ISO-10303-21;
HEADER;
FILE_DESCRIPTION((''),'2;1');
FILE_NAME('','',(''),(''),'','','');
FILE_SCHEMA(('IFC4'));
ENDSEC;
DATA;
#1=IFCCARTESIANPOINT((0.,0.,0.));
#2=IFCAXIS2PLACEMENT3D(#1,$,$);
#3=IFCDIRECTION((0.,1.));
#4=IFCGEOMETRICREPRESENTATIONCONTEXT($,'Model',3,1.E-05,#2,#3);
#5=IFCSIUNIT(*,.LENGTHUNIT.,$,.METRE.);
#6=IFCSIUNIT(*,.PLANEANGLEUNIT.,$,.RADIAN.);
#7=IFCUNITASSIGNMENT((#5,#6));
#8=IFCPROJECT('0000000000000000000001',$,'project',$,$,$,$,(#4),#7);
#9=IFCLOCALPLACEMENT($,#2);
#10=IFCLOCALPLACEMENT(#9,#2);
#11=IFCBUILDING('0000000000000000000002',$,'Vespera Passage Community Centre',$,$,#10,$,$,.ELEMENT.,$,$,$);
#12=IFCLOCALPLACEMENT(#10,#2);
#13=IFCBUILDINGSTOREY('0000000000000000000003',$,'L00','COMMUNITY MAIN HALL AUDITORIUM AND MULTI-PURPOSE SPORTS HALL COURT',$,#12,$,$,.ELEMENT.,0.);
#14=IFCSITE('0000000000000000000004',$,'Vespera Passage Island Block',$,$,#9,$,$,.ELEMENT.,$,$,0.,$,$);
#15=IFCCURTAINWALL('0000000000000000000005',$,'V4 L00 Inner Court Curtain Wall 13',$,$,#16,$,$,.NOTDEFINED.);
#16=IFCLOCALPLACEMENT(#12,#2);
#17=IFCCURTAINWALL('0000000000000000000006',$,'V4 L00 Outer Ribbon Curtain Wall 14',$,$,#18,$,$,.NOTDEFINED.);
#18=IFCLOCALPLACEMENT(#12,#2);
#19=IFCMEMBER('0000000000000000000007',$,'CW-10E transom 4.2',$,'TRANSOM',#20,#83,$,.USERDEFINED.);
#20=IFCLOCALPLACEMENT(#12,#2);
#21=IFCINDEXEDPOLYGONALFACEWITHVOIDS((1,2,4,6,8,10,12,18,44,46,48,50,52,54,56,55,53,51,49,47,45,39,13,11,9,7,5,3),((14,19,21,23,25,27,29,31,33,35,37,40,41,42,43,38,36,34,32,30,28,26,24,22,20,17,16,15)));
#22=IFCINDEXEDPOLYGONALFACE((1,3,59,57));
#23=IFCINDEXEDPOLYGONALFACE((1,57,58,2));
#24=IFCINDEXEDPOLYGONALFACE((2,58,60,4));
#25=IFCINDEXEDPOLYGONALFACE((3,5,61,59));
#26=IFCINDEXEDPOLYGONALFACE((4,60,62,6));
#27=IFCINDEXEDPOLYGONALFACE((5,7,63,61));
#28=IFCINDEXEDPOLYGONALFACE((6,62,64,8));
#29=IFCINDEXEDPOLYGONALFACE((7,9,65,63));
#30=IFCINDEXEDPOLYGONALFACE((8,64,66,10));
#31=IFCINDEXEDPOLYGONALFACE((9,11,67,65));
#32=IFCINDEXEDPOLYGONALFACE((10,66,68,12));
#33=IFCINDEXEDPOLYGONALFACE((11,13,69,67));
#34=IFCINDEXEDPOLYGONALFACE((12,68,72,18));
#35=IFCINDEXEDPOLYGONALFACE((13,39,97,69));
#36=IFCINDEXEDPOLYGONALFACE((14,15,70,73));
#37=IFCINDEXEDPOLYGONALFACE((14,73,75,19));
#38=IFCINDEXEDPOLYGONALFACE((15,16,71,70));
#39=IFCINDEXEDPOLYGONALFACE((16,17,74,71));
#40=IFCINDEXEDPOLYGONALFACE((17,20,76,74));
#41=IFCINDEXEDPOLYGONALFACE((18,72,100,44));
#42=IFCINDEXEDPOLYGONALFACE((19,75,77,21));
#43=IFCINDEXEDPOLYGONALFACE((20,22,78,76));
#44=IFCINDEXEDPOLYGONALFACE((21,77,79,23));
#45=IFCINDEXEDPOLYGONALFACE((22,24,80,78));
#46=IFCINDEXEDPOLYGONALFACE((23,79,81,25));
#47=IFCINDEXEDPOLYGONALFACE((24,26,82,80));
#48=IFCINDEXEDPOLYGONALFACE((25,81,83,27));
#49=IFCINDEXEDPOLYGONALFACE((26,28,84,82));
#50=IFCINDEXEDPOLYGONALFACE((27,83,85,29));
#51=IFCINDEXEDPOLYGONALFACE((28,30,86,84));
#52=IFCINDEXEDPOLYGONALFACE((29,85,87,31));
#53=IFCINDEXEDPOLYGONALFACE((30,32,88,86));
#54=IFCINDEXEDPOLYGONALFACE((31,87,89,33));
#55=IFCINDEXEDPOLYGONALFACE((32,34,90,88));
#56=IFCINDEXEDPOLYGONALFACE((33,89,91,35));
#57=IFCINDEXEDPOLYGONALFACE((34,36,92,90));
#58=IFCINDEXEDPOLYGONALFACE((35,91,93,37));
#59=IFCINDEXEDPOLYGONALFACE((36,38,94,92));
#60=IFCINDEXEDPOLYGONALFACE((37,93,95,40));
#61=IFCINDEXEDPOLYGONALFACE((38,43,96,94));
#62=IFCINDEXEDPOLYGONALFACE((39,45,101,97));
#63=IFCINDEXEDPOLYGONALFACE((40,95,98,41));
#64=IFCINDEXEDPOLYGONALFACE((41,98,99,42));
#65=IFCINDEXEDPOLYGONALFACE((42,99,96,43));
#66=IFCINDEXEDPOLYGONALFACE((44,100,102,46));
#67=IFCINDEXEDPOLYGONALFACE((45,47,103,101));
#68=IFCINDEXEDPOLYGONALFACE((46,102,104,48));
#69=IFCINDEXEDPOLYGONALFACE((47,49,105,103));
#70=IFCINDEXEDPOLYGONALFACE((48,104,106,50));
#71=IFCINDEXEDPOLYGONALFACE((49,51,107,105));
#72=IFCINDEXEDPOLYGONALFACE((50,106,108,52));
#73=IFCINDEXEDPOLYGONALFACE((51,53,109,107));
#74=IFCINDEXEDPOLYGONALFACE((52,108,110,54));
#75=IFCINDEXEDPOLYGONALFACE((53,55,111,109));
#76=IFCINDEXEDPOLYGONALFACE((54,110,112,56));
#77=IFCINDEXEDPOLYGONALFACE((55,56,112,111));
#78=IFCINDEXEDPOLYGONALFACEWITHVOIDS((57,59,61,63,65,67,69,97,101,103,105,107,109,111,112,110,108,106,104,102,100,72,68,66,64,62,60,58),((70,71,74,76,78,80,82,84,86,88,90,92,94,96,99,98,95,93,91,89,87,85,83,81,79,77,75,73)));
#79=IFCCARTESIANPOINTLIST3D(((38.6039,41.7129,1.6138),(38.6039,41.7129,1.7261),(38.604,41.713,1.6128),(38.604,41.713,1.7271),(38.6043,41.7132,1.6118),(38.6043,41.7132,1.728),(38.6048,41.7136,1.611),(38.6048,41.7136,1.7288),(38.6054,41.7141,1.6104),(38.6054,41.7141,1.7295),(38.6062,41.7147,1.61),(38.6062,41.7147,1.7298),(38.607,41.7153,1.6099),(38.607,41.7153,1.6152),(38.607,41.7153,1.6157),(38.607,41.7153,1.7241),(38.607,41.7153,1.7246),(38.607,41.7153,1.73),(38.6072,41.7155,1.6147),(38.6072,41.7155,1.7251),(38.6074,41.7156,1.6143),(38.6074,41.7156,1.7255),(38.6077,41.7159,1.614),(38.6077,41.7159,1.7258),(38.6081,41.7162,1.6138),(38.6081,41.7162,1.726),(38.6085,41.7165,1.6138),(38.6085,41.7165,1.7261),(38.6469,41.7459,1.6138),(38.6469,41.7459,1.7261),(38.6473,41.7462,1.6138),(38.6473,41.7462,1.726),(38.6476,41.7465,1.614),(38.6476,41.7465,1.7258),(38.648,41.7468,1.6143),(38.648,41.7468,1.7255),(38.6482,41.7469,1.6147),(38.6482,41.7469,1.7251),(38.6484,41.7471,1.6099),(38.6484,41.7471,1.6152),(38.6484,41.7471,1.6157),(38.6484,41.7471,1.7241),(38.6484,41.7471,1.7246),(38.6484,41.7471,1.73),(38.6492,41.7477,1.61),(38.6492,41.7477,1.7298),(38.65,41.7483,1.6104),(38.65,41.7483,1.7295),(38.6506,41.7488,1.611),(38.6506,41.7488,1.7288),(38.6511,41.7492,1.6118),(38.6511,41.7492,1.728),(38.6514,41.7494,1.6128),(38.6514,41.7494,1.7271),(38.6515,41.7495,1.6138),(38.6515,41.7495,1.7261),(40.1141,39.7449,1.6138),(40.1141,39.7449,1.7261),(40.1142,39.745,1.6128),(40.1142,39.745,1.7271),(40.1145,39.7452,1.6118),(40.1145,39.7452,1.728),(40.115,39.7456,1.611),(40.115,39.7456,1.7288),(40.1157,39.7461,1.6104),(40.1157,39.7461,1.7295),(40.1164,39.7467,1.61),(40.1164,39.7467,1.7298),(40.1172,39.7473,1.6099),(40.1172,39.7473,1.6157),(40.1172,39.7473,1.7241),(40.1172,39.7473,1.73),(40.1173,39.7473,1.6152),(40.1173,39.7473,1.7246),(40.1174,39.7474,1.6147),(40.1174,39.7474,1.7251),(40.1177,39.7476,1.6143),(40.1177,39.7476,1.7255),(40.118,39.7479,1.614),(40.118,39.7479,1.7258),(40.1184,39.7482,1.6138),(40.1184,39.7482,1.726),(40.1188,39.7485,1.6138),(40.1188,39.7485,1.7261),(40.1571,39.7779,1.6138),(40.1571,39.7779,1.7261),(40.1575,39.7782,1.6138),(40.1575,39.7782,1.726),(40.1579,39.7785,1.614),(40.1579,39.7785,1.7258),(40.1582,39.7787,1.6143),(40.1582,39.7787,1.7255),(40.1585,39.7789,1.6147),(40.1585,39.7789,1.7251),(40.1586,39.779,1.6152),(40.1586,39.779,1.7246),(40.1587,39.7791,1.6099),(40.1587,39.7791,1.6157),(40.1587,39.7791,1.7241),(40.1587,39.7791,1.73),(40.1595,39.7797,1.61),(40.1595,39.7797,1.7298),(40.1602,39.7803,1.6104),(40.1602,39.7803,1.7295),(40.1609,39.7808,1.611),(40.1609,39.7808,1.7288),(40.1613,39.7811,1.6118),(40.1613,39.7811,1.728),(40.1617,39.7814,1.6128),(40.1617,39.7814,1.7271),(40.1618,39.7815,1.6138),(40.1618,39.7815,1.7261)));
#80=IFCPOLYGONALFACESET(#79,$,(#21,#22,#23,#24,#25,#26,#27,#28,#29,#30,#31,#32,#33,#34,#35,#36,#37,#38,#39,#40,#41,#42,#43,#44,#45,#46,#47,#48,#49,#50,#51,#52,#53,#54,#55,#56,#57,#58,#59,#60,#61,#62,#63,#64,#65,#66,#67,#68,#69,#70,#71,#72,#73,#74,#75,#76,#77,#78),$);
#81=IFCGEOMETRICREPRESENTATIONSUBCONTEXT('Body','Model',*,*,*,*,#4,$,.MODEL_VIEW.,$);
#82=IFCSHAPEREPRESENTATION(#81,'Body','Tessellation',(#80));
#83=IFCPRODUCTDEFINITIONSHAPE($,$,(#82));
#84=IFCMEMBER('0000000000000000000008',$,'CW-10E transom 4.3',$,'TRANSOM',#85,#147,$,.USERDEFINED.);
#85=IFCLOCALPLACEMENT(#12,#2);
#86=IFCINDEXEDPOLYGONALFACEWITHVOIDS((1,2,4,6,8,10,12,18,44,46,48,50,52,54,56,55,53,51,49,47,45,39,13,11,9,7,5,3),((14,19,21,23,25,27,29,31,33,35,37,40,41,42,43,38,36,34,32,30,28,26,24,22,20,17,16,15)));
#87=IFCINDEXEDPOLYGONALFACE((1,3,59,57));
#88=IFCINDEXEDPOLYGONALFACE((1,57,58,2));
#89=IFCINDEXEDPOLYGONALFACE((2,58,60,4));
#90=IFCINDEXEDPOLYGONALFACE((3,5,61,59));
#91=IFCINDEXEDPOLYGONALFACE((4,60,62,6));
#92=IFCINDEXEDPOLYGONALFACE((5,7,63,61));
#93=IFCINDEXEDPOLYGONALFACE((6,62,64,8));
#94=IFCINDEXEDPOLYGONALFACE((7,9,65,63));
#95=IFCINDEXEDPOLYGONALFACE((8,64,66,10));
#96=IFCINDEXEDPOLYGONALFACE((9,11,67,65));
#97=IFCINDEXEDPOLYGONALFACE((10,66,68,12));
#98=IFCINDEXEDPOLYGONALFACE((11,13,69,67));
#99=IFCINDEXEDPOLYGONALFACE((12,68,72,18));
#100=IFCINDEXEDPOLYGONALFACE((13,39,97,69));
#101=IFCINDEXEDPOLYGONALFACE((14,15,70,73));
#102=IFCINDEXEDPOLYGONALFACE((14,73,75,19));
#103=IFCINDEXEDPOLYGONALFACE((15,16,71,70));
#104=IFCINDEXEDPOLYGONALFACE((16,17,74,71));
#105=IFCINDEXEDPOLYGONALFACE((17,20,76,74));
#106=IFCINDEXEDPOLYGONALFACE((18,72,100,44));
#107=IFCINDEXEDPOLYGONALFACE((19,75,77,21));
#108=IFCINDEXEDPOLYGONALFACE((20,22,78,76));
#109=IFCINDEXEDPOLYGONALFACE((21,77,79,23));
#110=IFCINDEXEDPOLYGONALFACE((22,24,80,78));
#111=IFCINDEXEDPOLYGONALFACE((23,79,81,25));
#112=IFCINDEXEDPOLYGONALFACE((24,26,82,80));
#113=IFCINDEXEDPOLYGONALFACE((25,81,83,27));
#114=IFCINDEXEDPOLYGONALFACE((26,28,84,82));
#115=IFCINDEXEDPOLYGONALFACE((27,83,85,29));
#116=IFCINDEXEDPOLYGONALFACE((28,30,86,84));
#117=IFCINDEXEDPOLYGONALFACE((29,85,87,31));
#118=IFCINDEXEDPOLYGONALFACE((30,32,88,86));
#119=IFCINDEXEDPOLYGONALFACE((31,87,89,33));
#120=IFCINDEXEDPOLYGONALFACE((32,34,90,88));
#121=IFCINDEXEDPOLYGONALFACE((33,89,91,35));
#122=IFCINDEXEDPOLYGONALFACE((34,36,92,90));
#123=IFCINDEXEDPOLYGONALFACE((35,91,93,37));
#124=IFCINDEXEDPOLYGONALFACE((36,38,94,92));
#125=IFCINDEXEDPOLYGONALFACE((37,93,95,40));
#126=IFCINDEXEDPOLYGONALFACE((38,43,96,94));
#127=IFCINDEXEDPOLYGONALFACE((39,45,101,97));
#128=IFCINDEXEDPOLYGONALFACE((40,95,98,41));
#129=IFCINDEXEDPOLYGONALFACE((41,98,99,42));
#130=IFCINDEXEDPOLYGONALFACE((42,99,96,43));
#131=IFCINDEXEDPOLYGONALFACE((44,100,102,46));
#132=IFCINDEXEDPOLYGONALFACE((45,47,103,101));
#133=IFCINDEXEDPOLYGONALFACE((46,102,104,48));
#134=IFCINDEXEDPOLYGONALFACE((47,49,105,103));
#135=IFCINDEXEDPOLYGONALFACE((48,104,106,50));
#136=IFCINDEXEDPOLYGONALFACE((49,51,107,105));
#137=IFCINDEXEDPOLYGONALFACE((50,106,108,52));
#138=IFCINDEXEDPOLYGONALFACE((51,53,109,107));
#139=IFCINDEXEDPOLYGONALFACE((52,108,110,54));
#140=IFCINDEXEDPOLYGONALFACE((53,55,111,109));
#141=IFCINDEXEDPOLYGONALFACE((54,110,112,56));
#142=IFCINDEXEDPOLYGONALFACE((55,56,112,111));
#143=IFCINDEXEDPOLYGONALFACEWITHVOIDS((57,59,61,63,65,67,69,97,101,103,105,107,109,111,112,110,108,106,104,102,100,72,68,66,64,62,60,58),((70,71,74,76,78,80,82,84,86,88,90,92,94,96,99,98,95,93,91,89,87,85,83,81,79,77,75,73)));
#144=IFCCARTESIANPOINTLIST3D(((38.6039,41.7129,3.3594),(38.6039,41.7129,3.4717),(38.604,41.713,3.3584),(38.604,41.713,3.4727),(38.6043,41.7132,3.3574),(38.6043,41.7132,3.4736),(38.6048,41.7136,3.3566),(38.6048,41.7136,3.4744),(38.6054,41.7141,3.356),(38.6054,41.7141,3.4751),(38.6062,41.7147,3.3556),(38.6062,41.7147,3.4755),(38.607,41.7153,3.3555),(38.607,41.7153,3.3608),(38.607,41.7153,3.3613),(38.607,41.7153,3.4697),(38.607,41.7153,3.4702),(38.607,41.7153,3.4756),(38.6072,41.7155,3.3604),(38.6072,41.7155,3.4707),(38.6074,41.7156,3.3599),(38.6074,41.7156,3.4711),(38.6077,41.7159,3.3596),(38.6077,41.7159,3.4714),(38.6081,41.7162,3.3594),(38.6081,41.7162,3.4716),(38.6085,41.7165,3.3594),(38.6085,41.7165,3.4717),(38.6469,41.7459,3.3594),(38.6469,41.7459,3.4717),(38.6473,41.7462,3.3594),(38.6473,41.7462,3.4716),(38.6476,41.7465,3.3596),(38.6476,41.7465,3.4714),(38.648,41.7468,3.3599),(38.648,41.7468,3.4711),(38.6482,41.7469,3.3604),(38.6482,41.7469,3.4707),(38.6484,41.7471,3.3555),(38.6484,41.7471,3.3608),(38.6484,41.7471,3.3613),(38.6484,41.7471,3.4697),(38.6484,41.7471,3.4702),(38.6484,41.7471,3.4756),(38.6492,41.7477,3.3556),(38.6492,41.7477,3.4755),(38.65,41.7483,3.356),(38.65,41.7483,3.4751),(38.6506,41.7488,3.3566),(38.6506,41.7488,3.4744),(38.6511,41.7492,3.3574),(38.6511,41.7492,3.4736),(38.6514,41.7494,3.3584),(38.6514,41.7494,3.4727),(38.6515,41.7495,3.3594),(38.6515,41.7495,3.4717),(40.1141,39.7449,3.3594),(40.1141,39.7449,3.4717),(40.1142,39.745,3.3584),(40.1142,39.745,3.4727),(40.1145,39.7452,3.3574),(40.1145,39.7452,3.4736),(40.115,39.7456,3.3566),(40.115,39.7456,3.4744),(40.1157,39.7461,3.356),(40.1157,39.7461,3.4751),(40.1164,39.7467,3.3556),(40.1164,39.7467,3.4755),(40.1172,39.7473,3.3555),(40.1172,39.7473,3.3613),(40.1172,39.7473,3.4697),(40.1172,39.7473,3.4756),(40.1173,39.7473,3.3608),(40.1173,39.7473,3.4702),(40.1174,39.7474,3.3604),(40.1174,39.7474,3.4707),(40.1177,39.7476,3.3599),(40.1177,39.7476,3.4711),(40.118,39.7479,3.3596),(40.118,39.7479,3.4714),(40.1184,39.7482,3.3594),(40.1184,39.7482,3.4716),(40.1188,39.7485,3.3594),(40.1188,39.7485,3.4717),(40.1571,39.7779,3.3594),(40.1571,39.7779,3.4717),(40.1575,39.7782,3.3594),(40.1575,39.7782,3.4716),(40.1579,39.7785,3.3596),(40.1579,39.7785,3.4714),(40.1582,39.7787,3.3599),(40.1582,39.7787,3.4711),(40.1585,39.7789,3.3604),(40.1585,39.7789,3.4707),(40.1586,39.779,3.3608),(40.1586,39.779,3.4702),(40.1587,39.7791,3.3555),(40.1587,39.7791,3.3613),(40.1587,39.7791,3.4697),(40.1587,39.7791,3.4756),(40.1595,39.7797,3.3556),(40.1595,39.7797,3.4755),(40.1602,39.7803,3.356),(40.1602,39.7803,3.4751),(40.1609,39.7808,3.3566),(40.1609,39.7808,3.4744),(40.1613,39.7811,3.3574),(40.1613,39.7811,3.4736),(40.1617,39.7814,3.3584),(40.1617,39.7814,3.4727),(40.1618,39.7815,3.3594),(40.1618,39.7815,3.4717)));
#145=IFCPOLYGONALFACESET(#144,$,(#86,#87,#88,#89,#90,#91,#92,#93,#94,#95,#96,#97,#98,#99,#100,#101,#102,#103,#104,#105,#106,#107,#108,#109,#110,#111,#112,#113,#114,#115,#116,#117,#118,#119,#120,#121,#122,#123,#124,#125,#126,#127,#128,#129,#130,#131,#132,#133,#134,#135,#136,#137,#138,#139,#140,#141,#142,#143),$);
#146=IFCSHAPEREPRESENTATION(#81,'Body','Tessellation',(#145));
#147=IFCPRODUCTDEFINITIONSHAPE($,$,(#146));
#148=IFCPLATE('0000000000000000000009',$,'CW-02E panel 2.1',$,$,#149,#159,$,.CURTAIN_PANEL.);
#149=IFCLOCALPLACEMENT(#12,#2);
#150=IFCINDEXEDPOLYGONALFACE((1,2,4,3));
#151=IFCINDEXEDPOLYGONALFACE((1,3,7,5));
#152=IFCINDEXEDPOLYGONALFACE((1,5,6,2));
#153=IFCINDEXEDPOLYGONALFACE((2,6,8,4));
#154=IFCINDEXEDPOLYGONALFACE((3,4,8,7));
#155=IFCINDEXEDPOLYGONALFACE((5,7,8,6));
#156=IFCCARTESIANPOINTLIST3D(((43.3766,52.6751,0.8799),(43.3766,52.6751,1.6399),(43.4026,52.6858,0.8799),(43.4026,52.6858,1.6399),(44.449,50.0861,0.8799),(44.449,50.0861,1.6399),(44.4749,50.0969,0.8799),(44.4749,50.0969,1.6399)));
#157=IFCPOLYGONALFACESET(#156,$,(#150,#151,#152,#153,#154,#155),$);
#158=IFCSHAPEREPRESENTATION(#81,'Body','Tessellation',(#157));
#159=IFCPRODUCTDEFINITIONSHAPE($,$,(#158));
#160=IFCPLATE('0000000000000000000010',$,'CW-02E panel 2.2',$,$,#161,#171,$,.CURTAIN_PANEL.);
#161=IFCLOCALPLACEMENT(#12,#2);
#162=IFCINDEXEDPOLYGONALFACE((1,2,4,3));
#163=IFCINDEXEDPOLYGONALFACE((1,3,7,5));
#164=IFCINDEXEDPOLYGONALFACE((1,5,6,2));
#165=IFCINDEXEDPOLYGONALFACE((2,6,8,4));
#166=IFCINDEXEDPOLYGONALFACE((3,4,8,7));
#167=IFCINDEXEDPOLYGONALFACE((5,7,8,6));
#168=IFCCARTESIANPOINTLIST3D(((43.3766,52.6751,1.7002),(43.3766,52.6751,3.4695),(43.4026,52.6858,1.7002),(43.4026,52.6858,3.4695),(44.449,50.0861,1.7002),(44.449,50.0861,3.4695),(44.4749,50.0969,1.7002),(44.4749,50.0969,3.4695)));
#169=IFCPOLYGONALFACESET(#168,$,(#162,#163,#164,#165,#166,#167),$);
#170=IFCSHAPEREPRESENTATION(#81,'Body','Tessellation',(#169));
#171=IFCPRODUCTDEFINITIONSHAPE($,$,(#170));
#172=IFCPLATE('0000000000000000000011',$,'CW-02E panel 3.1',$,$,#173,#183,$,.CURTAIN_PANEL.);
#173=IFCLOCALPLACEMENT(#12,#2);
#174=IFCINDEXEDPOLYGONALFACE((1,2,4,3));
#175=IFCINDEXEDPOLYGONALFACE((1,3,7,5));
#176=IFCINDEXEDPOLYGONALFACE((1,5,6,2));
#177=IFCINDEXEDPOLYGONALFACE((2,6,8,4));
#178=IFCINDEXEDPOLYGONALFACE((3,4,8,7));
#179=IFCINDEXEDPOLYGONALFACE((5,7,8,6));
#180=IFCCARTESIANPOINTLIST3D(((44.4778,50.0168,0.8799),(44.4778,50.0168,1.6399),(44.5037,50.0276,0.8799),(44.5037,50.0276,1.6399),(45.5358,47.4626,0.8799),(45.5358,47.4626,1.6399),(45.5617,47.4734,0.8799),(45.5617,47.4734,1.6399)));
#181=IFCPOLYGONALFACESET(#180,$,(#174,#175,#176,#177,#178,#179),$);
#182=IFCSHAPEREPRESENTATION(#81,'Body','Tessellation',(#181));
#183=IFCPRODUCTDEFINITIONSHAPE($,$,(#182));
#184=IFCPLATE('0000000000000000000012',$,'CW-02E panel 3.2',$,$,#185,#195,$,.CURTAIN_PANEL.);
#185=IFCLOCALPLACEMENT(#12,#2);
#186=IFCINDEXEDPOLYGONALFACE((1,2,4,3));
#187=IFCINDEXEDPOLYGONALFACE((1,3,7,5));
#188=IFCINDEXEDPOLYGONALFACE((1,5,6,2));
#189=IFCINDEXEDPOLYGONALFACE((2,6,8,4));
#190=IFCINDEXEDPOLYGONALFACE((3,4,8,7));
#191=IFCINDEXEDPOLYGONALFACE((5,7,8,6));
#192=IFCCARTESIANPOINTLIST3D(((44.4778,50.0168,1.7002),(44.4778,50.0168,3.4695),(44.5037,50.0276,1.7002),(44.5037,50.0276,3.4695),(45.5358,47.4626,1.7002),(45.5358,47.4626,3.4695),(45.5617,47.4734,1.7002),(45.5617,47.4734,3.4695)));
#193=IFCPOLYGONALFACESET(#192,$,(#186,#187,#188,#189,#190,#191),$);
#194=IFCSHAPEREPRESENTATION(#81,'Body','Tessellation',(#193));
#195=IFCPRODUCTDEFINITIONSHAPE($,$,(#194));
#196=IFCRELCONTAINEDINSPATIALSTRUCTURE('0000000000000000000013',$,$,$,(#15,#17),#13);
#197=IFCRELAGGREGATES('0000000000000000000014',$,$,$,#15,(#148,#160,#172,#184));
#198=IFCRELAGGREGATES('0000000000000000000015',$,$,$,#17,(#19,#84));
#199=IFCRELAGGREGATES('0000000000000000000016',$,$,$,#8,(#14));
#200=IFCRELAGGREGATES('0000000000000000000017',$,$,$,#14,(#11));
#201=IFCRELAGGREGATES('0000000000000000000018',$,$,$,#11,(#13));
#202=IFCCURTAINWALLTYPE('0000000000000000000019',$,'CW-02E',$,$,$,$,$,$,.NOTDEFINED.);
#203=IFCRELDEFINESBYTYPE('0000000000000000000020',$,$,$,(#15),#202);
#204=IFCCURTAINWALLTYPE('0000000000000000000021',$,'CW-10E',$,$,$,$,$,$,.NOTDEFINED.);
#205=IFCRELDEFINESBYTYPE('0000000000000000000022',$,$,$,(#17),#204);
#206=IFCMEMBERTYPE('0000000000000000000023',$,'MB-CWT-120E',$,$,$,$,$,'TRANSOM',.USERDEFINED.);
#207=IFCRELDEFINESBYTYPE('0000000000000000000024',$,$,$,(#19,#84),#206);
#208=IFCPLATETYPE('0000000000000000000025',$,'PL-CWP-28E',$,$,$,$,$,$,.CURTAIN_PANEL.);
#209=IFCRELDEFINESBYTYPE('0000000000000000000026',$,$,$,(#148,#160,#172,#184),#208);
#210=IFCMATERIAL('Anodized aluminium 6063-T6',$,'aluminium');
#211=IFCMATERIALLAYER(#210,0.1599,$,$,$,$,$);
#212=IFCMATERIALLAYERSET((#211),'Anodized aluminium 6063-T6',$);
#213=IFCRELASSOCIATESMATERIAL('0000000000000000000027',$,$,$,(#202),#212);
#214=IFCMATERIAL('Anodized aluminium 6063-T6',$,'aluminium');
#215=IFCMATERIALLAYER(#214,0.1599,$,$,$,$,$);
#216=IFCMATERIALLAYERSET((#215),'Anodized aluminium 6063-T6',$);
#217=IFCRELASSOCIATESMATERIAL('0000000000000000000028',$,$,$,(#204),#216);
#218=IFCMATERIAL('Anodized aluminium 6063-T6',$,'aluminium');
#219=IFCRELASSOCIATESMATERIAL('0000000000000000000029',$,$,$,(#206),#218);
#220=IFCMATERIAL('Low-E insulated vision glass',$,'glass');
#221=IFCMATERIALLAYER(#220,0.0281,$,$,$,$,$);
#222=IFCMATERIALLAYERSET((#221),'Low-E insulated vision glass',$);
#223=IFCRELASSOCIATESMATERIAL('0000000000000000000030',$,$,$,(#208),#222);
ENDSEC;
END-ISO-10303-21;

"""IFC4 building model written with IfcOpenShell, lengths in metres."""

from ifc_helpers import new_model, si_unit, direction, frame, origin, origin_2d, place, context, subcontext, project, spatial, rectangle, hollow_rectangle, extrude, material, layer, layer_set, material_profile, profile_set, type_object, element, aggregate, save


model = new_model("IFC4")

# Units and contexts
model_context = context("Model", 3, precision=1e-05, world=origin(), true_north=direction((0.0, 1.0)))
body_context = subcontext(model_context, "Body", "Model", "MODEL_VIEW")
ifc_project = project(units=[si_unit("LENGTHUNIT", "METRE"), si_unit("PLANEANGLEUNIT", "RADIAN")], contexts=[model_context])

# Site, building, storey
site_placement = place(None, origin())
site = spatial("IfcSite", under=ifc_project, at=site_placement, Name="Vespera Passage Island Block", CompositionType="ELEMENT", RefElevation=0.0)
building_placement = place(site_placement, origin())
building = spatial("IfcBuilding", under=site, at=building_placement, Name="Vespera Passage Community Centre", CompositionType="ELEMENT")
storey_placement = place(building_placement, origin())
storey = spatial("IfcBuildingStorey", under=building, at=storey_placement, Name="L00", Description="COMMUNITY MAIN HALL AUDITORIUM AND MULTI-PURPOSE SPORTS HALL COURT", CompositionType="ELEMENT", Elevation=0.0)

# Curtain walls
ifc_material_1 = material(Name="Anodized aluminium 6063-T6", Category="aluminium")
ifc_layer_1 = layer(ifc_material_1, 0.1599)
ifc_layer_set_1 = layer_set([ifc_layer_1], Name="Anodized aluminium 6063-T6")
curtain_wall_type_1 = type_object("IfcCurtainWallType", Name="CW-02E", PredefinedType="NOTDEFINED", material=ifc_layer_set_1)
curtain_wall_1_placement = place(storey_placement, origin())
curtain_wall_1 = element("IfcCurtainWall", 1, at=curtain_wall_1_placement, inside=storey, type_object=curtain_wall_type_1, Name="V4 L00 Inner Court Curtain Wall 13", PredefinedType="NOTDEFINED")
ifc_material_2 = material(Name="Anodized aluminium 6063-T6", Category="aluminium")
ifc_layer_2 = layer(ifc_material_2, 0.1599)
ifc_layer_set_2 = layer_set([ifc_layer_2], Name="Anodized aluminium 6063-T6")
curtain_wall_type_2 = type_object("IfcCurtainWallType", Name="CW-10E", PredefinedType="NOTDEFINED", material=ifc_layer_set_2)
curtain_wall_2_placement = place(storey_placement, origin())
curtain_wall_2 = element("IfcCurtainWall", 2, at=curtain_wall_2_placement, inside=storey, type_object=curtain_wall_type_2, Name="V4 L00 Outer Ribbon Curtain Wall 14", PredefinedType="NOTDEFINED")

# Members
ifc_material_3 = material(Name="Anodized aluminium 6063-T6", Category="aluminium")
ifc_material_profile_1 = material_profile(ifc_material_3, hollow_rectangle(XDim=0.0601, YDim=0.1201, WallThickness=0.0039, InnerFilletRadius=0.002, OuterFilletRadius=0.0039, at=origin_2d()), Name="ALU120X60X4")
ifc_profile_set_1 = profile_set([ifc_material_profile_1], Name="Anodized aluminium 6063-T6")
member_type_1 = type_object("IfcMemberType", Name="MB-CWT-120E", ElementType="TRANSOM", PredefinedType="USERDEFINED", material=ifc_profile_set_1)
member_1_placement = place(storey_placement, frame((40.1379, 39.7632, 1.6699), z_axis=(-0.608797, 0.793326, 0.0), x_axis=(-0.793326, -0.608797, 0.0)))
member_1 = element("IfcMember", 3, at=member_1_placement, type_object=member_type_1, Name="CW-10E transom 4.2", ObjectType="TRANSOM", PredefinedType="USERDEFINED", context=body_context, shape_type="SweptSolid", body=[
    extrude(hollow_rectangle(XDim=0.0601, YDim=0.1201, WallThickness=0.0039, InnerFilletRadius=0.002, OuterFilletRadius=0.0039, at=origin_2d()), origin(), (0.0, 0.0, 1.0), 2.4807),
])
member_2_placement = place(storey_placement, frame((40.1379, 39.7632, 3.4155), z_axis=(-0.608797, 0.793326, 0.0), x_axis=(-0.793326, -0.608797, 0.0)))
member_2 = element("IfcMember", 4, at=member_2_placement, type_object=member_type_1, Name="CW-10E transom 4.3", ObjectType="TRANSOM", PredefinedType="USERDEFINED", context=body_context, shape_type="SweptSolid", body=[
    extrude(hollow_rectangle(XDim=0.0601, YDim=0.1201, WallThickness=0.0039, InnerFilletRadius=0.002, OuterFilletRadius=0.0039, at=origin_2d()), origin(), (0.0, 0.0, 1.0), 2.4807),
])

# Plates
ifc_material_4 = material(Name="Low-E insulated vision glass", Category="glass")
ifc_layer_3 = layer(ifc_material_4, 0.0281)
ifc_layer_set_3 = layer_set([ifc_layer_3], Name="Low-E insulated vision glass")
plate_type_1 = type_object("IfcPlateType", Name="PL-CWP-28E", PredefinedType="CURTAIN_PANEL", material=ifc_layer_set_3)
plate_1_placement = place(storey_placement, frame((43.9258, 51.386, 0.8799), z_axis=(0.0, 0.0, 1.0), x_axis=(0.38269, -0.923877, 0.0)))
plate_1 = element("IfcPlate", 5, at=plate_1_placement, type_object=plate_type_1, Name="CW-02E panel 2.1", PredefinedType="CURTAIN_PANEL", context=body_context, shape_type="SweptSolid", body=[
    extrude(rectangle(XDim=2.8022, YDim=0.0281, at=origin_2d()), origin(), (0.0, 0.0, 1.0), 0.76),
])
plate_2_placement = place(storey_placement, frame((43.9258, 51.386, 1.7002), z_axis=(0.0, 0.0, 1.0), x_axis=(0.38269, -0.923877, 0.0)))
plate_2 = element("IfcPlate", 6, at=plate_2_placement, type_object=plate_type_1, Name="CW-02E panel 2.2", PredefinedType="CURTAIN_PANEL", context=body_context, shape_type="SweptSolid", body=[
    extrude(rectangle(XDim=2.8022, YDim=0.0281, at=origin_2d()), origin(), (0.0, 0.0, 1.0), 1.7693),
])
plate_3_placement = place(storey_placement, frame((45.0198, 48.7451, 0.8799), z_axis=(0.0, 0.0, 1.0), x_axis=(0.38269, -0.923877, 0.0)))
plate_3 = element("IfcPlate", 7, at=plate_3_placement, type_object=plate_type_1, Name="CW-02E panel 3.1", PredefinedType="CURTAIN_PANEL", context=body_context, shape_type="SweptSolid", body=[
    extrude(rectangle(XDim=2.7646, YDim=0.0281, at=origin_2d()), origin(), (0.0, 0.0, 1.0), 0.76),
])
plate_4_placement = place(storey_placement, frame((45.0198, 48.7451, 1.7002), z_axis=(0.0, 0.0, 1.0), x_axis=(0.38269, -0.923877, 0.0)))
plate_4 = element("IfcPlate", 8, at=plate_4_placement, type_object=plate_type_1, Name="CW-02E panel 3.2", PredefinedType="CURTAIN_PANEL", context=body_context, shape_type="SweptSolid", body=[
    extrude(rectangle(XDim=2.7646, YDim=0.0281, at=origin_2d()), origin(), (0.0, 0.0, 1.0), 1.7693),
])
aggregate(curtain_wall_1, [plate_1, plate_2, plate_3, plate_4])
aggregate(curtain_wall_2, [member_1, member_2])

save(model, "model.ifc")
